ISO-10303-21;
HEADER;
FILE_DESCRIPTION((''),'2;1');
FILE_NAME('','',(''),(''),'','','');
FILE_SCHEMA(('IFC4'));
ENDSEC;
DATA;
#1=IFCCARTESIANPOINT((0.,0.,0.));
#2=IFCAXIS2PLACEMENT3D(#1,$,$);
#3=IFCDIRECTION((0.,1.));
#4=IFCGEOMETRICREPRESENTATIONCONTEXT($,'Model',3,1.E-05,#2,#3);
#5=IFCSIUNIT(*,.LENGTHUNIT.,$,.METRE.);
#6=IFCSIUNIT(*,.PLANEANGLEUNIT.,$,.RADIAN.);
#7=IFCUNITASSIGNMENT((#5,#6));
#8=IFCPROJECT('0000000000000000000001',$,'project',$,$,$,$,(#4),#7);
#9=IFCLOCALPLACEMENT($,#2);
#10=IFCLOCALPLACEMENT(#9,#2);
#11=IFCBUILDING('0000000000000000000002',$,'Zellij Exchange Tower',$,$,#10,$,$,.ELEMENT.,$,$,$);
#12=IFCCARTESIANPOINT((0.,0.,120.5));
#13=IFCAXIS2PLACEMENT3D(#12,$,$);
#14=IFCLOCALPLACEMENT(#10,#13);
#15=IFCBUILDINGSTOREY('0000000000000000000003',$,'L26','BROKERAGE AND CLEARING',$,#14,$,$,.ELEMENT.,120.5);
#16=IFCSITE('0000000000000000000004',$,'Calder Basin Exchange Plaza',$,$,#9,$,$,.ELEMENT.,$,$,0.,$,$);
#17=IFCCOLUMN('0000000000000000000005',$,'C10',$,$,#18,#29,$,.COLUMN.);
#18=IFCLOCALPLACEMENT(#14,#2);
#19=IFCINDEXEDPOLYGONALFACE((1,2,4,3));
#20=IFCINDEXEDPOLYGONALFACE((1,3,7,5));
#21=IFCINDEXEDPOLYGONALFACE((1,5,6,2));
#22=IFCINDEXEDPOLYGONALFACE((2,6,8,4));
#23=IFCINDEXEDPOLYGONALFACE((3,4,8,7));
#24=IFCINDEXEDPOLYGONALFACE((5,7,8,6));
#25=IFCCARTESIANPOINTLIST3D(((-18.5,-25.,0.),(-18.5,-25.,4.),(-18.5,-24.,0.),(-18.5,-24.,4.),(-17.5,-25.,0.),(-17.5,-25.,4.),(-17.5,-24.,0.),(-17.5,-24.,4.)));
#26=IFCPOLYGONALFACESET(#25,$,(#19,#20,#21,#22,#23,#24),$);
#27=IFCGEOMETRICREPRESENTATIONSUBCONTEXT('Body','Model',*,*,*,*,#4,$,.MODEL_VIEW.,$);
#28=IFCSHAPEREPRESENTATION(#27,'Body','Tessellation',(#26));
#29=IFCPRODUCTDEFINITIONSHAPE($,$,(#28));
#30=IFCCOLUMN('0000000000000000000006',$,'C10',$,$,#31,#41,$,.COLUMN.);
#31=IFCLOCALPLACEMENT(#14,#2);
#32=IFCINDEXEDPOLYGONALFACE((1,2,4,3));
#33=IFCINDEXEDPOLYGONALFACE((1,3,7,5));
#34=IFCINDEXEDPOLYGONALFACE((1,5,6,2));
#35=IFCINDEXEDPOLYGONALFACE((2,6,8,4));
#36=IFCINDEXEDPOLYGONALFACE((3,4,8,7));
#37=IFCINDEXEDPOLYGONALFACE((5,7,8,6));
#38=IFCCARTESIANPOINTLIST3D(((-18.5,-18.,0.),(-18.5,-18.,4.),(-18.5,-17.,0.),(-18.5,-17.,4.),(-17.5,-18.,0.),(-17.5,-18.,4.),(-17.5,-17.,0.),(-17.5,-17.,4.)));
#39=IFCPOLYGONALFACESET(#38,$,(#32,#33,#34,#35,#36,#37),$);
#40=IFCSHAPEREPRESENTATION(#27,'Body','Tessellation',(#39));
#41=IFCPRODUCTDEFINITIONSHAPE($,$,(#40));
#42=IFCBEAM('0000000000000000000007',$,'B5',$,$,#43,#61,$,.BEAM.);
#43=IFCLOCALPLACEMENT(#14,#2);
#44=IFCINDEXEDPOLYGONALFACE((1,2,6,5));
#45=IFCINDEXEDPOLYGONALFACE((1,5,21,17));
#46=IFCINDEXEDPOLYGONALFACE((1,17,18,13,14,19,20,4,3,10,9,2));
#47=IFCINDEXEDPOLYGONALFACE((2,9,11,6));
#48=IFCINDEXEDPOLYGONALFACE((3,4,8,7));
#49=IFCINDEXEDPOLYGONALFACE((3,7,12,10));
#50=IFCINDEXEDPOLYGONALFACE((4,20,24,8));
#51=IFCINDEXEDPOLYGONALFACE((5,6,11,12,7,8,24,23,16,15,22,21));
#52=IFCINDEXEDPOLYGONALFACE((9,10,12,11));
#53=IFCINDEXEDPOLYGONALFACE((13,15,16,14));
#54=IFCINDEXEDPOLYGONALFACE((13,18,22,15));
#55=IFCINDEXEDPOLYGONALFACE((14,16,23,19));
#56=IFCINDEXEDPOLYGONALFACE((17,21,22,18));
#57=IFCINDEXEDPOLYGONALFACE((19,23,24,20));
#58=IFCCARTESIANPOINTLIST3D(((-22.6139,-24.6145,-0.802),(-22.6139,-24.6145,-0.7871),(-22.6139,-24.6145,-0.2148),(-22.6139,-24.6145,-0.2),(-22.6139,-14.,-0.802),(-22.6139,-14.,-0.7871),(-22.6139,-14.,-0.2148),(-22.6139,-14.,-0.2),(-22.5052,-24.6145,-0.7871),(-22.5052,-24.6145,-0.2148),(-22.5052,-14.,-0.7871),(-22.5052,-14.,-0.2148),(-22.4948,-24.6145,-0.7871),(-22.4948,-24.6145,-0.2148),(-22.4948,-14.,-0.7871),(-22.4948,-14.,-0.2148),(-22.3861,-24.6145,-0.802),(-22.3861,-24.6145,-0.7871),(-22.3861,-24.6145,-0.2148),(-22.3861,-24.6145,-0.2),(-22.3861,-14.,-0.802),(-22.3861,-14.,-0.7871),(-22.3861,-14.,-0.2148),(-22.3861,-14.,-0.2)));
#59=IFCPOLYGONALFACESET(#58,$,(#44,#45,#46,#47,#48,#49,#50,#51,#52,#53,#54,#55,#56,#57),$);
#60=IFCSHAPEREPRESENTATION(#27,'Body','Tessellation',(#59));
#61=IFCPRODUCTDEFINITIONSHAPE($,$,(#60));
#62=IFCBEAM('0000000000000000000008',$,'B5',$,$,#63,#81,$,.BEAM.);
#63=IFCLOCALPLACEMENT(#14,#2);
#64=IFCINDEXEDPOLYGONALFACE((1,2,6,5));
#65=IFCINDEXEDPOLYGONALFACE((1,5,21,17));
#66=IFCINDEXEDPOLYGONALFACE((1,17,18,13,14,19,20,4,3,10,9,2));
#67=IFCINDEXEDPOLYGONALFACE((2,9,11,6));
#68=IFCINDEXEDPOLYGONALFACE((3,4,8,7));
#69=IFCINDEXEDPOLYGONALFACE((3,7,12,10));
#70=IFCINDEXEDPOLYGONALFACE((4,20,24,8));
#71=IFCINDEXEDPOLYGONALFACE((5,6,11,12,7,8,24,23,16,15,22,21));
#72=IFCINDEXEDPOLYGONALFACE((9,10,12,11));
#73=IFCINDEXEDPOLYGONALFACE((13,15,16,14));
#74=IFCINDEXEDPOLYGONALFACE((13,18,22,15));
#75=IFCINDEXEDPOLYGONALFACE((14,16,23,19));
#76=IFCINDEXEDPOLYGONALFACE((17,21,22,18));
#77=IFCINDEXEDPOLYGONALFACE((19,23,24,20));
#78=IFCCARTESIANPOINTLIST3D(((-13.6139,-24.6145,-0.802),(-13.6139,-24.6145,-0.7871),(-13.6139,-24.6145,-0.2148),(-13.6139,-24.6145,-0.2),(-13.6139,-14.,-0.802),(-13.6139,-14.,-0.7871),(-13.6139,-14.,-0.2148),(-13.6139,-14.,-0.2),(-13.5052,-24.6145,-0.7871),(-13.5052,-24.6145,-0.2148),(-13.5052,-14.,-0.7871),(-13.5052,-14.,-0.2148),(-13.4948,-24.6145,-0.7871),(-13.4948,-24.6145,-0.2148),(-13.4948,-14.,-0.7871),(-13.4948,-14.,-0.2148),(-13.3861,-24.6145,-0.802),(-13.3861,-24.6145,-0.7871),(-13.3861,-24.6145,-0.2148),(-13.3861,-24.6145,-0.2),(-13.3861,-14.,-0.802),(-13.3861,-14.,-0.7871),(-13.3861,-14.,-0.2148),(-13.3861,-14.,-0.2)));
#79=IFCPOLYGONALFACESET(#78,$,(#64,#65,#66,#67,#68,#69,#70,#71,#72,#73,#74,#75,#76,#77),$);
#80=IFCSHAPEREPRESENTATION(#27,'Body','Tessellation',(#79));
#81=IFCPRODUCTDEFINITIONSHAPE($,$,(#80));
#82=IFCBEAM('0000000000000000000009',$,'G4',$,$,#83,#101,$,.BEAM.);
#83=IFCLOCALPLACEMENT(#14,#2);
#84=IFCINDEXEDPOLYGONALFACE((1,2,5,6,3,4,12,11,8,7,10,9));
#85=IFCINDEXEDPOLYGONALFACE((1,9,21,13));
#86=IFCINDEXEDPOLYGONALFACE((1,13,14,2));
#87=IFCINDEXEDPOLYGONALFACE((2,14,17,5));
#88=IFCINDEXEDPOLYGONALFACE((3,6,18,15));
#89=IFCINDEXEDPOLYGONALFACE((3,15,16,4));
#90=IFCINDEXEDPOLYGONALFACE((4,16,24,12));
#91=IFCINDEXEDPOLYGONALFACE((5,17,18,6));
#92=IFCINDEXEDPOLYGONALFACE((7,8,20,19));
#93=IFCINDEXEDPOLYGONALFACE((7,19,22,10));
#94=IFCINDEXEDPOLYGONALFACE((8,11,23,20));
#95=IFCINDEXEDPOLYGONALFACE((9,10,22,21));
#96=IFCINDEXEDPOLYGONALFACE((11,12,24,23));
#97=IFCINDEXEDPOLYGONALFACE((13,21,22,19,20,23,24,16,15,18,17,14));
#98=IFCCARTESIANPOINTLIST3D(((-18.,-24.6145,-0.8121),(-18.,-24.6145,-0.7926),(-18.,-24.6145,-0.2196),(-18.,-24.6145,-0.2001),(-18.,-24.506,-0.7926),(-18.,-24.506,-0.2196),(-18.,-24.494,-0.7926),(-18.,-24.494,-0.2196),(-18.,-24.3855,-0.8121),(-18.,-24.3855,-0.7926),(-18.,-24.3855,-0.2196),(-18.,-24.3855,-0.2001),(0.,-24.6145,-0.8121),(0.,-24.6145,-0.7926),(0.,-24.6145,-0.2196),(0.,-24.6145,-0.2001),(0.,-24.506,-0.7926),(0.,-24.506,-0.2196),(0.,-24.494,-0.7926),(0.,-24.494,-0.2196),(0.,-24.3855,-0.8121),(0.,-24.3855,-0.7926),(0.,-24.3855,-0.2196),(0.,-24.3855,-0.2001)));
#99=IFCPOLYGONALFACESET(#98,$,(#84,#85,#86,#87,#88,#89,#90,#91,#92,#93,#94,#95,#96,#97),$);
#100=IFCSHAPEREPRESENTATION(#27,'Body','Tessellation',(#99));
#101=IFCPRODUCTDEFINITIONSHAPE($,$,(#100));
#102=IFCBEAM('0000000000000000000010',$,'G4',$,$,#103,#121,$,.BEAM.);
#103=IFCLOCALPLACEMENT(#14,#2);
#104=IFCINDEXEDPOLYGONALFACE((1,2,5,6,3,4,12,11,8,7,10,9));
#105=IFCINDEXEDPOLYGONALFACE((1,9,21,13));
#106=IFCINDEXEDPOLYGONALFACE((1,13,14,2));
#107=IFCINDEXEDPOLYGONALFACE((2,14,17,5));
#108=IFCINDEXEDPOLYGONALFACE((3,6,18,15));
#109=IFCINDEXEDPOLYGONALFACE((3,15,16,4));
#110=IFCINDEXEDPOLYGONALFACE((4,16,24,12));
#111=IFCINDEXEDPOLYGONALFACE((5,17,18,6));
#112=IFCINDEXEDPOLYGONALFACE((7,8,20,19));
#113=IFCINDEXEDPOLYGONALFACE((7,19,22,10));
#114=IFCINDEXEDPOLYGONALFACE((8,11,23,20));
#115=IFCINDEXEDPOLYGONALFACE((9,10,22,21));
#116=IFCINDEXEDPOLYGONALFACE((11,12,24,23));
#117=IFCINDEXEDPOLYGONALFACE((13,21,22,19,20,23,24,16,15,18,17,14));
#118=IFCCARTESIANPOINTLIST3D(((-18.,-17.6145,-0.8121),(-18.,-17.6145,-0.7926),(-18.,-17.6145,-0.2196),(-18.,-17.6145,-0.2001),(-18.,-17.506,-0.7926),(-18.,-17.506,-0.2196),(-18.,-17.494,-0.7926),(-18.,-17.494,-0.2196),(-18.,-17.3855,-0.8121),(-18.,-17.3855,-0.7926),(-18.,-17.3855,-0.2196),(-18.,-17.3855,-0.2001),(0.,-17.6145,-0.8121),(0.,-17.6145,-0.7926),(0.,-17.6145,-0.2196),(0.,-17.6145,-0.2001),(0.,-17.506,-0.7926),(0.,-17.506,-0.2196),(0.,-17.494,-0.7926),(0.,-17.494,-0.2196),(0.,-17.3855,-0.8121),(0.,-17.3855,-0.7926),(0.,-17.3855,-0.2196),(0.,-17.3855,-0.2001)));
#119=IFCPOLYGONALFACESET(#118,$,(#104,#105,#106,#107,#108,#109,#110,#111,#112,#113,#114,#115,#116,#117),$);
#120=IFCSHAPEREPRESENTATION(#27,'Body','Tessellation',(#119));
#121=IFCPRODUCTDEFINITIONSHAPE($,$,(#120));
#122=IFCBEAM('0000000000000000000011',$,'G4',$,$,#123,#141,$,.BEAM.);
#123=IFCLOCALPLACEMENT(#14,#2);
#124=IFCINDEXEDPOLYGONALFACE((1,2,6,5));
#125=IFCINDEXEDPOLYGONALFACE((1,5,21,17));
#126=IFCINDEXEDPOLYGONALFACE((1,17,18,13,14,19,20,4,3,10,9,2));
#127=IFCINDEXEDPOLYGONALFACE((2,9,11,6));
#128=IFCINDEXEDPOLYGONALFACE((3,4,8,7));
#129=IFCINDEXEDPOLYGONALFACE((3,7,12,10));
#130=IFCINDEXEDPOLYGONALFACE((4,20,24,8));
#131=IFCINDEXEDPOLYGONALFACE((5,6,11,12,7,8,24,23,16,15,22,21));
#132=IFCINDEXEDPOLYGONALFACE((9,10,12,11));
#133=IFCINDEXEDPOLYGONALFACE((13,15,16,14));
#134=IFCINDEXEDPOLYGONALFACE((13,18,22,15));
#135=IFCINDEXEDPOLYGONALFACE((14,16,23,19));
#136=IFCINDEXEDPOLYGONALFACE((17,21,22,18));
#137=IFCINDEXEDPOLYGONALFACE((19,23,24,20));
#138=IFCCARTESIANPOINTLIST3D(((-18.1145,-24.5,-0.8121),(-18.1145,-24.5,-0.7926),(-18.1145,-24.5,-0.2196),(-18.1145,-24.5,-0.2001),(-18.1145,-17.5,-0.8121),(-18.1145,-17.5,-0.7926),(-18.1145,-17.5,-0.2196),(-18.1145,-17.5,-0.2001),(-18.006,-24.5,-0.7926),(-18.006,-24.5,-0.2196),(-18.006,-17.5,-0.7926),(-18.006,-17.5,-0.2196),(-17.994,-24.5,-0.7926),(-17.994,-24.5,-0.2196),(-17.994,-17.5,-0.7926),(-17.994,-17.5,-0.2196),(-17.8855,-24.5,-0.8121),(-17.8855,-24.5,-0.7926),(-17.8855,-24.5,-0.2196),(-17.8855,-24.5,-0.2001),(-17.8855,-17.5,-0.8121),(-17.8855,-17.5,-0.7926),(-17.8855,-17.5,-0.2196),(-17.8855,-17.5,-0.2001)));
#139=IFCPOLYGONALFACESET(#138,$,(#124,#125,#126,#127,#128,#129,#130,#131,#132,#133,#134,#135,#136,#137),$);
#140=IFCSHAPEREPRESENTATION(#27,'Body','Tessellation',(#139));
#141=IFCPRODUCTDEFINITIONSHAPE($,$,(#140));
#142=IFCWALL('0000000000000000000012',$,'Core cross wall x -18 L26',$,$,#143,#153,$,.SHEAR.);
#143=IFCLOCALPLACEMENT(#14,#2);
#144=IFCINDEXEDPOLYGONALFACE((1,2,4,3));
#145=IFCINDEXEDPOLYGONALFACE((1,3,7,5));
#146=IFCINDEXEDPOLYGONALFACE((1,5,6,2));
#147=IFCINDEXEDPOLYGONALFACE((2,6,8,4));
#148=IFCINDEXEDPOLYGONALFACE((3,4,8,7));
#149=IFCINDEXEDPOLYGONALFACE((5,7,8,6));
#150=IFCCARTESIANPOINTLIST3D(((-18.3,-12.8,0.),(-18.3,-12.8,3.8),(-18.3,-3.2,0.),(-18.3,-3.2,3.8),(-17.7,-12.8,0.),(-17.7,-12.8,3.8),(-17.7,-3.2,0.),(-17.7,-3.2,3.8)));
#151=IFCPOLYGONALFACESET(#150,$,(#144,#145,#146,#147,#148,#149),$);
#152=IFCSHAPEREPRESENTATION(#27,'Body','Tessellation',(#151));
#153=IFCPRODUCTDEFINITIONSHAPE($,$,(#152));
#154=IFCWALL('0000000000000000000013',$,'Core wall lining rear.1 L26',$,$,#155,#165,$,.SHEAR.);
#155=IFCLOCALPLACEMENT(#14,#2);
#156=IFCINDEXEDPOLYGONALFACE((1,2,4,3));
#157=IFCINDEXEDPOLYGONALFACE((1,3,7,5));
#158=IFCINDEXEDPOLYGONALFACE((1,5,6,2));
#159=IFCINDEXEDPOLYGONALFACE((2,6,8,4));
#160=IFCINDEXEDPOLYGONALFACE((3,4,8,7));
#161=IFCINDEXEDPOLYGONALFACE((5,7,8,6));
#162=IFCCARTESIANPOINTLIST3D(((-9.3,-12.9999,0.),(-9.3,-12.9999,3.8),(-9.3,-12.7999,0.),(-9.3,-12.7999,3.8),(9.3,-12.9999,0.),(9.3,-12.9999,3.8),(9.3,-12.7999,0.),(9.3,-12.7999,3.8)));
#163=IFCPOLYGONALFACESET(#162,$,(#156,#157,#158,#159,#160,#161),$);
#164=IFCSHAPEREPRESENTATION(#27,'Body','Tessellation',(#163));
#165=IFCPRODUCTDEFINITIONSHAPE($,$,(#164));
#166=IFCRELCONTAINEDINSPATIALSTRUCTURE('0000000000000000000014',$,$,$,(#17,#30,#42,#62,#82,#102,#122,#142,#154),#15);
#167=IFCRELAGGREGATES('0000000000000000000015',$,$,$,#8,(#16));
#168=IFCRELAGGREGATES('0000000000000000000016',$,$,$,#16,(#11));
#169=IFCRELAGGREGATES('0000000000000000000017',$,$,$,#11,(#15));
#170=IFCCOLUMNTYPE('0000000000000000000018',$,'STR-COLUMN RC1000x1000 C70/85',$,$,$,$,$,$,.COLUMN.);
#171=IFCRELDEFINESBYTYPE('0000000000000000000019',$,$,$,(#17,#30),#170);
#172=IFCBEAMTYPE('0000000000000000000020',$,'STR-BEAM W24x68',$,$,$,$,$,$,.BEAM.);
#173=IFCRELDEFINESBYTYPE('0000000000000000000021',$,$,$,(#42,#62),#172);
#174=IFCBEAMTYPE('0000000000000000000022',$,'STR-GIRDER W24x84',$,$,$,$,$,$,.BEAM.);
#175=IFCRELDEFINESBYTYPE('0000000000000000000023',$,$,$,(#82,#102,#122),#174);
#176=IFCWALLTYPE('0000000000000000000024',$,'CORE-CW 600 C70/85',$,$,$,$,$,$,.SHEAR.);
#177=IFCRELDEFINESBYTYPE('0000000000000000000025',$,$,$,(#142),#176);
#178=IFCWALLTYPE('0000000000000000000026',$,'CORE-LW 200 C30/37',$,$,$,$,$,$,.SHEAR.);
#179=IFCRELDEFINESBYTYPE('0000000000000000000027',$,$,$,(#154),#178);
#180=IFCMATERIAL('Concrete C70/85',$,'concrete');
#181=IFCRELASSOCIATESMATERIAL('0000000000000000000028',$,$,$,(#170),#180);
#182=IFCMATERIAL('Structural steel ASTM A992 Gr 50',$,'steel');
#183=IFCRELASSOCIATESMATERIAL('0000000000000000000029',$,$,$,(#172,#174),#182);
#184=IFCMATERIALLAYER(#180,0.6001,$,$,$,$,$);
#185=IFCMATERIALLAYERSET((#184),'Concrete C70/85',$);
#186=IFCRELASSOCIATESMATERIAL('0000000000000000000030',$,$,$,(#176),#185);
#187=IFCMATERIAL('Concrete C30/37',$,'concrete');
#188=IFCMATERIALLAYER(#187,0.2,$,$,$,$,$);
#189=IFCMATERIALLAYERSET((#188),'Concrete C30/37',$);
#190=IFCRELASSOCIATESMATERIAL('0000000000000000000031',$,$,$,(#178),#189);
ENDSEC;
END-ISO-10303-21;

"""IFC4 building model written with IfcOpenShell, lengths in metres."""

from ifc_helpers import new_model, si_unit, direction, frame, frame_2d, origin, origin_2d, place, context, subcontext, project, spatial, rectangle, i_section, extrude, material, layer, layer_set, material_profile, profile_set, type_object, element, save


model = new_model("IFC4")

# Units and contexts
model_context = context("Model", 3, precision=1e-05, world=origin(), true_north=direction((0.0, 1.0)))
body_context = subcontext(model_context, "Body", "Model", "MODEL_VIEW")
ifc_project = project(units=[si_unit("LENGTHUNIT", "METRE"), si_unit("PLANEANGLEUNIT", "RADIAN")], contexts=[model_context])

# Site, building, storey
site_placement = place(None, origin())
site = spatial("IfcSite", under=ifc_project, at=site_placement, Name="Calder Basin Exchange Plaza", CompositionType="ELEMENT", RefElevation=0.0)
building_placement = place(site_placement, origin())
building = spatial("IfcBuilding", under=site, at=building_placement, Name="Zellij Exchange Tower", CompositionType="ELEMENT")
storey_placement = place(building_placement, frame((0.0, 0.0, 120.5)))
storey = spatial("IfcBuildingStorey", under=building, at=storey_placement, Name="L26", Description="BROKERAGE AND CLEARING", CompositionType="ELEMENT", Elevation=120.5)

# Columns
ifc_material_1 = material(Name="Concrete C70/85", Category="concrete")
ifc_material_profile_1 = material_profile(ifc_material_1, rectangle(XDim=1.0, YDim=1.0, at=origin_2d()), Name="STR-COLUMN RC1000x1000 C70/85")
ifc_profile_set_1 = profile_set([ifc_material_profile_1], Name="Concrete C70/85")
column_type = type_object("IfcColumnType", Name="STR-COLUMN RC1000x1000 C70/85", PredefinedType="COLUMN", material=ifc_profile_set_1)
for number, where, z_axis, x_axis, name in (
    (1, (-18.0, -24.5, 0.0), (0.0, 0.0, 1.0), (1.0, 0.0, 0.0), "C10"),
    (2, (-18.0, -17.5, 0.0), (0.0, 0.0, 1.0), (1.0, 0.0, 0.0), "C10"),
):
    element("IfcColumn", number, at=place(storey_placement, frame(where, z_axis=z_axis, x_axis=x_axis)), inside=storey, type_object=column_type, Name=name, PredefinedType="COLUMN", context=body_context, shape_type="SweptSolid", body=[
        extrude(rectangle(XDim=1.0, YDim=1.0, at=origin_2d()), origin(), (0.0, 0.0, 1.0), 4.0),
    ])

# Beams
ifc_material_2 = material(Name="Structural steel ASTM A992 Gr 50", Category="steel")
ifc_material_profile_2 = material_profile(ifc_material_2, i_section(OverallWidth=0.2278, OverallDepth=0.6021, WebThickness=0.0105, FlangeThickness=0.0149, at=origin_2d()), Name="W24x68")
ifc_profile_set_2 = profile_set([ifc_material_profile_2], Name="Structural steel ASTM A992 Gr 50")
beam_type_1 = type_object("IfcBeamType", Name="STR-BEAM W24x68", PredefinedType="BEAM", material=ifc_profile_set_2)
for number, where, z_axis, x_axis, name in (
    (3, (-22.5, -24.6145, -0.501), (0.0, 1.0, 0.0), (-1.0, 0.0, 0.0), "B5"),
    (4, (-13.5, -24.6145, -0.501), (0.0, 1.0, 0.0), (-1.0, 0.0, 0.0), "B5"),
):
    element("IfcBeam", number, at=place(storey_placement, frame(where, z_axis=z_axis, x_axis=x_axis)), inside=storey, type_object=beam_type_1, Name=name, PredefinedType="BEAM", context=body_context, shape_type="SweptSolid", body=[
        extrude(i_section(OverallWidth=0.2278, OverallDepth=0.6021, WebThickness=0.0105, FlangeThickness=0.0149, at=origin_2d()), origin(), (0.0, 0.0, 1.0), 10.6145),
    ])
ifc_material_profile_3 = material_profile(ifc_material_2, i_section(OverallWidth=0.229, OverallDepth=0.6121, WebThickness=0.012, FlangeThickness=0.0195, at=origin_2d()), Name="W24x84")
ifc_profile_set_3 = profile_set([ifc_material_profile_3], Name="Structural steel ASTM A992 Gr 50")
beam_type_2 = type_object("IfcBeamType", Name="STR-GIRDER W24x84", PredefinedType="BEAM", material=ifc_profile_set_3)
for number, where, z_axis, x_axis, name in (
    (5, (-18.0, -24.5, -0.5061), (1.0, 0.0, 0.0), (0.0, 1.0, 0.0), "G4"),
    (6, (-18.0, -17.5, -0.5061), (1.0, 0.0, 0.0), (0.0, 1.0, 0.0), "G4"),
):
    element("IfcBeam", number, at=place(storey_placement, frame(where, z_axis=z_axis, x_axis=x_axis)), inside=storey, type_object=beam_type_2, Name=name, PredefinedType="BEAM", context=body_context, shape_type="SweptSolid", body=[
        extrude(i_section(OverallWidth=0.229, OverallDepth=0.6121, WebThickness=0.012, FlangeThickness=0.0195, at=origin_2d()), origin(), (0.0, 0.0, 1.0), 18.0),
    ])
beam_placement = place(storey_placement, frame((-18.0, -24.5, -0.5061), z_axis=(0.0, 1.0, 0.0), x_axis=(-1.0, 0.0, 0.0)))
element("IfcBeam", 7, at=beam_placement, inside=storey, type_object=beam_type_2, Name="G4", PredefinedType="BEAM", context=body_context, shape_type="SweptSolid", body=[
    extrude(i_section(OverallWidth=0.229, OverallDepth=0.6121, WebThickness=0.012, FlangeThickness=0.0195, at=origin_2d()), origin(), (0.0, 0.0, 1.0), 7.0),
])

# Walls
ifc_layer_1 = layer(ifc_material_1, 0.6001)
ifc_layer_set_1 = layer_set([ifc_layer_1], Name="Concrete C70/85")
wall_type_1 = type_object("IfcWallType", Name="CORE-CW 600 C70/85", PredefinedType="SHEAR", material=ifc_layer_set_1)
wall_1_placement = place(storey_placement, frame((-18.0, -12.8, 0.0), z_axis=(0.0, 0.0, 1.0), x_axis=(0.0, 1.0, 0.0)))
element("IfcWall", 8, at=wall_1_placement, inside=storey, type_object=wall_type_1, Name="Core cross wall x -18 L26", PredefinedType="SHEAR", context=body_context, shape_type="SweptSolid", body=[
    extrude(rectangle(XDim=9.6001, YDim=0.6001, at=frame_2d((4.8, 0.0))), origin(), (0.0, 0.0, 1.0), 3.8),
])
ifc_material_3 = material(Name="Concrete C30/37", Category="concrete")
ifc_layer_2 = layer(ifc_material_3, 0.2)
ifc_layer_set_2 = layer_set([ifc_layer_2], Name="Concrete C30/37")
wall_type_2 = type_object("IfcWallType", Name="CORE-LW 200 C30/37", PredefinedType="SHEAR", material=ifc_layer_set_2)
wall_2_placement = place(storey_placement, frame((-9.3, -12.8999, 0.0), z_axis=(0.0, 0.0, 1.0), x_axis=(1.0, 0.0, 0.0)))
element("IfcWall", 9, at=wall_2_placement, inside=storey, type_object=wall_type_2, Name="Core wall lining rear.1 L26", PredefinedType="SHEAR", context=body_context, shape_type="SweptSolid", body=[
    extrude(rectangle(XDim=18.6001, YDim=0.2, at=frame_2d((9.3, 0.0))), origin(), (0.0, 0.0, 1.0), 3.8),
])

save(model, "model.ifc")
